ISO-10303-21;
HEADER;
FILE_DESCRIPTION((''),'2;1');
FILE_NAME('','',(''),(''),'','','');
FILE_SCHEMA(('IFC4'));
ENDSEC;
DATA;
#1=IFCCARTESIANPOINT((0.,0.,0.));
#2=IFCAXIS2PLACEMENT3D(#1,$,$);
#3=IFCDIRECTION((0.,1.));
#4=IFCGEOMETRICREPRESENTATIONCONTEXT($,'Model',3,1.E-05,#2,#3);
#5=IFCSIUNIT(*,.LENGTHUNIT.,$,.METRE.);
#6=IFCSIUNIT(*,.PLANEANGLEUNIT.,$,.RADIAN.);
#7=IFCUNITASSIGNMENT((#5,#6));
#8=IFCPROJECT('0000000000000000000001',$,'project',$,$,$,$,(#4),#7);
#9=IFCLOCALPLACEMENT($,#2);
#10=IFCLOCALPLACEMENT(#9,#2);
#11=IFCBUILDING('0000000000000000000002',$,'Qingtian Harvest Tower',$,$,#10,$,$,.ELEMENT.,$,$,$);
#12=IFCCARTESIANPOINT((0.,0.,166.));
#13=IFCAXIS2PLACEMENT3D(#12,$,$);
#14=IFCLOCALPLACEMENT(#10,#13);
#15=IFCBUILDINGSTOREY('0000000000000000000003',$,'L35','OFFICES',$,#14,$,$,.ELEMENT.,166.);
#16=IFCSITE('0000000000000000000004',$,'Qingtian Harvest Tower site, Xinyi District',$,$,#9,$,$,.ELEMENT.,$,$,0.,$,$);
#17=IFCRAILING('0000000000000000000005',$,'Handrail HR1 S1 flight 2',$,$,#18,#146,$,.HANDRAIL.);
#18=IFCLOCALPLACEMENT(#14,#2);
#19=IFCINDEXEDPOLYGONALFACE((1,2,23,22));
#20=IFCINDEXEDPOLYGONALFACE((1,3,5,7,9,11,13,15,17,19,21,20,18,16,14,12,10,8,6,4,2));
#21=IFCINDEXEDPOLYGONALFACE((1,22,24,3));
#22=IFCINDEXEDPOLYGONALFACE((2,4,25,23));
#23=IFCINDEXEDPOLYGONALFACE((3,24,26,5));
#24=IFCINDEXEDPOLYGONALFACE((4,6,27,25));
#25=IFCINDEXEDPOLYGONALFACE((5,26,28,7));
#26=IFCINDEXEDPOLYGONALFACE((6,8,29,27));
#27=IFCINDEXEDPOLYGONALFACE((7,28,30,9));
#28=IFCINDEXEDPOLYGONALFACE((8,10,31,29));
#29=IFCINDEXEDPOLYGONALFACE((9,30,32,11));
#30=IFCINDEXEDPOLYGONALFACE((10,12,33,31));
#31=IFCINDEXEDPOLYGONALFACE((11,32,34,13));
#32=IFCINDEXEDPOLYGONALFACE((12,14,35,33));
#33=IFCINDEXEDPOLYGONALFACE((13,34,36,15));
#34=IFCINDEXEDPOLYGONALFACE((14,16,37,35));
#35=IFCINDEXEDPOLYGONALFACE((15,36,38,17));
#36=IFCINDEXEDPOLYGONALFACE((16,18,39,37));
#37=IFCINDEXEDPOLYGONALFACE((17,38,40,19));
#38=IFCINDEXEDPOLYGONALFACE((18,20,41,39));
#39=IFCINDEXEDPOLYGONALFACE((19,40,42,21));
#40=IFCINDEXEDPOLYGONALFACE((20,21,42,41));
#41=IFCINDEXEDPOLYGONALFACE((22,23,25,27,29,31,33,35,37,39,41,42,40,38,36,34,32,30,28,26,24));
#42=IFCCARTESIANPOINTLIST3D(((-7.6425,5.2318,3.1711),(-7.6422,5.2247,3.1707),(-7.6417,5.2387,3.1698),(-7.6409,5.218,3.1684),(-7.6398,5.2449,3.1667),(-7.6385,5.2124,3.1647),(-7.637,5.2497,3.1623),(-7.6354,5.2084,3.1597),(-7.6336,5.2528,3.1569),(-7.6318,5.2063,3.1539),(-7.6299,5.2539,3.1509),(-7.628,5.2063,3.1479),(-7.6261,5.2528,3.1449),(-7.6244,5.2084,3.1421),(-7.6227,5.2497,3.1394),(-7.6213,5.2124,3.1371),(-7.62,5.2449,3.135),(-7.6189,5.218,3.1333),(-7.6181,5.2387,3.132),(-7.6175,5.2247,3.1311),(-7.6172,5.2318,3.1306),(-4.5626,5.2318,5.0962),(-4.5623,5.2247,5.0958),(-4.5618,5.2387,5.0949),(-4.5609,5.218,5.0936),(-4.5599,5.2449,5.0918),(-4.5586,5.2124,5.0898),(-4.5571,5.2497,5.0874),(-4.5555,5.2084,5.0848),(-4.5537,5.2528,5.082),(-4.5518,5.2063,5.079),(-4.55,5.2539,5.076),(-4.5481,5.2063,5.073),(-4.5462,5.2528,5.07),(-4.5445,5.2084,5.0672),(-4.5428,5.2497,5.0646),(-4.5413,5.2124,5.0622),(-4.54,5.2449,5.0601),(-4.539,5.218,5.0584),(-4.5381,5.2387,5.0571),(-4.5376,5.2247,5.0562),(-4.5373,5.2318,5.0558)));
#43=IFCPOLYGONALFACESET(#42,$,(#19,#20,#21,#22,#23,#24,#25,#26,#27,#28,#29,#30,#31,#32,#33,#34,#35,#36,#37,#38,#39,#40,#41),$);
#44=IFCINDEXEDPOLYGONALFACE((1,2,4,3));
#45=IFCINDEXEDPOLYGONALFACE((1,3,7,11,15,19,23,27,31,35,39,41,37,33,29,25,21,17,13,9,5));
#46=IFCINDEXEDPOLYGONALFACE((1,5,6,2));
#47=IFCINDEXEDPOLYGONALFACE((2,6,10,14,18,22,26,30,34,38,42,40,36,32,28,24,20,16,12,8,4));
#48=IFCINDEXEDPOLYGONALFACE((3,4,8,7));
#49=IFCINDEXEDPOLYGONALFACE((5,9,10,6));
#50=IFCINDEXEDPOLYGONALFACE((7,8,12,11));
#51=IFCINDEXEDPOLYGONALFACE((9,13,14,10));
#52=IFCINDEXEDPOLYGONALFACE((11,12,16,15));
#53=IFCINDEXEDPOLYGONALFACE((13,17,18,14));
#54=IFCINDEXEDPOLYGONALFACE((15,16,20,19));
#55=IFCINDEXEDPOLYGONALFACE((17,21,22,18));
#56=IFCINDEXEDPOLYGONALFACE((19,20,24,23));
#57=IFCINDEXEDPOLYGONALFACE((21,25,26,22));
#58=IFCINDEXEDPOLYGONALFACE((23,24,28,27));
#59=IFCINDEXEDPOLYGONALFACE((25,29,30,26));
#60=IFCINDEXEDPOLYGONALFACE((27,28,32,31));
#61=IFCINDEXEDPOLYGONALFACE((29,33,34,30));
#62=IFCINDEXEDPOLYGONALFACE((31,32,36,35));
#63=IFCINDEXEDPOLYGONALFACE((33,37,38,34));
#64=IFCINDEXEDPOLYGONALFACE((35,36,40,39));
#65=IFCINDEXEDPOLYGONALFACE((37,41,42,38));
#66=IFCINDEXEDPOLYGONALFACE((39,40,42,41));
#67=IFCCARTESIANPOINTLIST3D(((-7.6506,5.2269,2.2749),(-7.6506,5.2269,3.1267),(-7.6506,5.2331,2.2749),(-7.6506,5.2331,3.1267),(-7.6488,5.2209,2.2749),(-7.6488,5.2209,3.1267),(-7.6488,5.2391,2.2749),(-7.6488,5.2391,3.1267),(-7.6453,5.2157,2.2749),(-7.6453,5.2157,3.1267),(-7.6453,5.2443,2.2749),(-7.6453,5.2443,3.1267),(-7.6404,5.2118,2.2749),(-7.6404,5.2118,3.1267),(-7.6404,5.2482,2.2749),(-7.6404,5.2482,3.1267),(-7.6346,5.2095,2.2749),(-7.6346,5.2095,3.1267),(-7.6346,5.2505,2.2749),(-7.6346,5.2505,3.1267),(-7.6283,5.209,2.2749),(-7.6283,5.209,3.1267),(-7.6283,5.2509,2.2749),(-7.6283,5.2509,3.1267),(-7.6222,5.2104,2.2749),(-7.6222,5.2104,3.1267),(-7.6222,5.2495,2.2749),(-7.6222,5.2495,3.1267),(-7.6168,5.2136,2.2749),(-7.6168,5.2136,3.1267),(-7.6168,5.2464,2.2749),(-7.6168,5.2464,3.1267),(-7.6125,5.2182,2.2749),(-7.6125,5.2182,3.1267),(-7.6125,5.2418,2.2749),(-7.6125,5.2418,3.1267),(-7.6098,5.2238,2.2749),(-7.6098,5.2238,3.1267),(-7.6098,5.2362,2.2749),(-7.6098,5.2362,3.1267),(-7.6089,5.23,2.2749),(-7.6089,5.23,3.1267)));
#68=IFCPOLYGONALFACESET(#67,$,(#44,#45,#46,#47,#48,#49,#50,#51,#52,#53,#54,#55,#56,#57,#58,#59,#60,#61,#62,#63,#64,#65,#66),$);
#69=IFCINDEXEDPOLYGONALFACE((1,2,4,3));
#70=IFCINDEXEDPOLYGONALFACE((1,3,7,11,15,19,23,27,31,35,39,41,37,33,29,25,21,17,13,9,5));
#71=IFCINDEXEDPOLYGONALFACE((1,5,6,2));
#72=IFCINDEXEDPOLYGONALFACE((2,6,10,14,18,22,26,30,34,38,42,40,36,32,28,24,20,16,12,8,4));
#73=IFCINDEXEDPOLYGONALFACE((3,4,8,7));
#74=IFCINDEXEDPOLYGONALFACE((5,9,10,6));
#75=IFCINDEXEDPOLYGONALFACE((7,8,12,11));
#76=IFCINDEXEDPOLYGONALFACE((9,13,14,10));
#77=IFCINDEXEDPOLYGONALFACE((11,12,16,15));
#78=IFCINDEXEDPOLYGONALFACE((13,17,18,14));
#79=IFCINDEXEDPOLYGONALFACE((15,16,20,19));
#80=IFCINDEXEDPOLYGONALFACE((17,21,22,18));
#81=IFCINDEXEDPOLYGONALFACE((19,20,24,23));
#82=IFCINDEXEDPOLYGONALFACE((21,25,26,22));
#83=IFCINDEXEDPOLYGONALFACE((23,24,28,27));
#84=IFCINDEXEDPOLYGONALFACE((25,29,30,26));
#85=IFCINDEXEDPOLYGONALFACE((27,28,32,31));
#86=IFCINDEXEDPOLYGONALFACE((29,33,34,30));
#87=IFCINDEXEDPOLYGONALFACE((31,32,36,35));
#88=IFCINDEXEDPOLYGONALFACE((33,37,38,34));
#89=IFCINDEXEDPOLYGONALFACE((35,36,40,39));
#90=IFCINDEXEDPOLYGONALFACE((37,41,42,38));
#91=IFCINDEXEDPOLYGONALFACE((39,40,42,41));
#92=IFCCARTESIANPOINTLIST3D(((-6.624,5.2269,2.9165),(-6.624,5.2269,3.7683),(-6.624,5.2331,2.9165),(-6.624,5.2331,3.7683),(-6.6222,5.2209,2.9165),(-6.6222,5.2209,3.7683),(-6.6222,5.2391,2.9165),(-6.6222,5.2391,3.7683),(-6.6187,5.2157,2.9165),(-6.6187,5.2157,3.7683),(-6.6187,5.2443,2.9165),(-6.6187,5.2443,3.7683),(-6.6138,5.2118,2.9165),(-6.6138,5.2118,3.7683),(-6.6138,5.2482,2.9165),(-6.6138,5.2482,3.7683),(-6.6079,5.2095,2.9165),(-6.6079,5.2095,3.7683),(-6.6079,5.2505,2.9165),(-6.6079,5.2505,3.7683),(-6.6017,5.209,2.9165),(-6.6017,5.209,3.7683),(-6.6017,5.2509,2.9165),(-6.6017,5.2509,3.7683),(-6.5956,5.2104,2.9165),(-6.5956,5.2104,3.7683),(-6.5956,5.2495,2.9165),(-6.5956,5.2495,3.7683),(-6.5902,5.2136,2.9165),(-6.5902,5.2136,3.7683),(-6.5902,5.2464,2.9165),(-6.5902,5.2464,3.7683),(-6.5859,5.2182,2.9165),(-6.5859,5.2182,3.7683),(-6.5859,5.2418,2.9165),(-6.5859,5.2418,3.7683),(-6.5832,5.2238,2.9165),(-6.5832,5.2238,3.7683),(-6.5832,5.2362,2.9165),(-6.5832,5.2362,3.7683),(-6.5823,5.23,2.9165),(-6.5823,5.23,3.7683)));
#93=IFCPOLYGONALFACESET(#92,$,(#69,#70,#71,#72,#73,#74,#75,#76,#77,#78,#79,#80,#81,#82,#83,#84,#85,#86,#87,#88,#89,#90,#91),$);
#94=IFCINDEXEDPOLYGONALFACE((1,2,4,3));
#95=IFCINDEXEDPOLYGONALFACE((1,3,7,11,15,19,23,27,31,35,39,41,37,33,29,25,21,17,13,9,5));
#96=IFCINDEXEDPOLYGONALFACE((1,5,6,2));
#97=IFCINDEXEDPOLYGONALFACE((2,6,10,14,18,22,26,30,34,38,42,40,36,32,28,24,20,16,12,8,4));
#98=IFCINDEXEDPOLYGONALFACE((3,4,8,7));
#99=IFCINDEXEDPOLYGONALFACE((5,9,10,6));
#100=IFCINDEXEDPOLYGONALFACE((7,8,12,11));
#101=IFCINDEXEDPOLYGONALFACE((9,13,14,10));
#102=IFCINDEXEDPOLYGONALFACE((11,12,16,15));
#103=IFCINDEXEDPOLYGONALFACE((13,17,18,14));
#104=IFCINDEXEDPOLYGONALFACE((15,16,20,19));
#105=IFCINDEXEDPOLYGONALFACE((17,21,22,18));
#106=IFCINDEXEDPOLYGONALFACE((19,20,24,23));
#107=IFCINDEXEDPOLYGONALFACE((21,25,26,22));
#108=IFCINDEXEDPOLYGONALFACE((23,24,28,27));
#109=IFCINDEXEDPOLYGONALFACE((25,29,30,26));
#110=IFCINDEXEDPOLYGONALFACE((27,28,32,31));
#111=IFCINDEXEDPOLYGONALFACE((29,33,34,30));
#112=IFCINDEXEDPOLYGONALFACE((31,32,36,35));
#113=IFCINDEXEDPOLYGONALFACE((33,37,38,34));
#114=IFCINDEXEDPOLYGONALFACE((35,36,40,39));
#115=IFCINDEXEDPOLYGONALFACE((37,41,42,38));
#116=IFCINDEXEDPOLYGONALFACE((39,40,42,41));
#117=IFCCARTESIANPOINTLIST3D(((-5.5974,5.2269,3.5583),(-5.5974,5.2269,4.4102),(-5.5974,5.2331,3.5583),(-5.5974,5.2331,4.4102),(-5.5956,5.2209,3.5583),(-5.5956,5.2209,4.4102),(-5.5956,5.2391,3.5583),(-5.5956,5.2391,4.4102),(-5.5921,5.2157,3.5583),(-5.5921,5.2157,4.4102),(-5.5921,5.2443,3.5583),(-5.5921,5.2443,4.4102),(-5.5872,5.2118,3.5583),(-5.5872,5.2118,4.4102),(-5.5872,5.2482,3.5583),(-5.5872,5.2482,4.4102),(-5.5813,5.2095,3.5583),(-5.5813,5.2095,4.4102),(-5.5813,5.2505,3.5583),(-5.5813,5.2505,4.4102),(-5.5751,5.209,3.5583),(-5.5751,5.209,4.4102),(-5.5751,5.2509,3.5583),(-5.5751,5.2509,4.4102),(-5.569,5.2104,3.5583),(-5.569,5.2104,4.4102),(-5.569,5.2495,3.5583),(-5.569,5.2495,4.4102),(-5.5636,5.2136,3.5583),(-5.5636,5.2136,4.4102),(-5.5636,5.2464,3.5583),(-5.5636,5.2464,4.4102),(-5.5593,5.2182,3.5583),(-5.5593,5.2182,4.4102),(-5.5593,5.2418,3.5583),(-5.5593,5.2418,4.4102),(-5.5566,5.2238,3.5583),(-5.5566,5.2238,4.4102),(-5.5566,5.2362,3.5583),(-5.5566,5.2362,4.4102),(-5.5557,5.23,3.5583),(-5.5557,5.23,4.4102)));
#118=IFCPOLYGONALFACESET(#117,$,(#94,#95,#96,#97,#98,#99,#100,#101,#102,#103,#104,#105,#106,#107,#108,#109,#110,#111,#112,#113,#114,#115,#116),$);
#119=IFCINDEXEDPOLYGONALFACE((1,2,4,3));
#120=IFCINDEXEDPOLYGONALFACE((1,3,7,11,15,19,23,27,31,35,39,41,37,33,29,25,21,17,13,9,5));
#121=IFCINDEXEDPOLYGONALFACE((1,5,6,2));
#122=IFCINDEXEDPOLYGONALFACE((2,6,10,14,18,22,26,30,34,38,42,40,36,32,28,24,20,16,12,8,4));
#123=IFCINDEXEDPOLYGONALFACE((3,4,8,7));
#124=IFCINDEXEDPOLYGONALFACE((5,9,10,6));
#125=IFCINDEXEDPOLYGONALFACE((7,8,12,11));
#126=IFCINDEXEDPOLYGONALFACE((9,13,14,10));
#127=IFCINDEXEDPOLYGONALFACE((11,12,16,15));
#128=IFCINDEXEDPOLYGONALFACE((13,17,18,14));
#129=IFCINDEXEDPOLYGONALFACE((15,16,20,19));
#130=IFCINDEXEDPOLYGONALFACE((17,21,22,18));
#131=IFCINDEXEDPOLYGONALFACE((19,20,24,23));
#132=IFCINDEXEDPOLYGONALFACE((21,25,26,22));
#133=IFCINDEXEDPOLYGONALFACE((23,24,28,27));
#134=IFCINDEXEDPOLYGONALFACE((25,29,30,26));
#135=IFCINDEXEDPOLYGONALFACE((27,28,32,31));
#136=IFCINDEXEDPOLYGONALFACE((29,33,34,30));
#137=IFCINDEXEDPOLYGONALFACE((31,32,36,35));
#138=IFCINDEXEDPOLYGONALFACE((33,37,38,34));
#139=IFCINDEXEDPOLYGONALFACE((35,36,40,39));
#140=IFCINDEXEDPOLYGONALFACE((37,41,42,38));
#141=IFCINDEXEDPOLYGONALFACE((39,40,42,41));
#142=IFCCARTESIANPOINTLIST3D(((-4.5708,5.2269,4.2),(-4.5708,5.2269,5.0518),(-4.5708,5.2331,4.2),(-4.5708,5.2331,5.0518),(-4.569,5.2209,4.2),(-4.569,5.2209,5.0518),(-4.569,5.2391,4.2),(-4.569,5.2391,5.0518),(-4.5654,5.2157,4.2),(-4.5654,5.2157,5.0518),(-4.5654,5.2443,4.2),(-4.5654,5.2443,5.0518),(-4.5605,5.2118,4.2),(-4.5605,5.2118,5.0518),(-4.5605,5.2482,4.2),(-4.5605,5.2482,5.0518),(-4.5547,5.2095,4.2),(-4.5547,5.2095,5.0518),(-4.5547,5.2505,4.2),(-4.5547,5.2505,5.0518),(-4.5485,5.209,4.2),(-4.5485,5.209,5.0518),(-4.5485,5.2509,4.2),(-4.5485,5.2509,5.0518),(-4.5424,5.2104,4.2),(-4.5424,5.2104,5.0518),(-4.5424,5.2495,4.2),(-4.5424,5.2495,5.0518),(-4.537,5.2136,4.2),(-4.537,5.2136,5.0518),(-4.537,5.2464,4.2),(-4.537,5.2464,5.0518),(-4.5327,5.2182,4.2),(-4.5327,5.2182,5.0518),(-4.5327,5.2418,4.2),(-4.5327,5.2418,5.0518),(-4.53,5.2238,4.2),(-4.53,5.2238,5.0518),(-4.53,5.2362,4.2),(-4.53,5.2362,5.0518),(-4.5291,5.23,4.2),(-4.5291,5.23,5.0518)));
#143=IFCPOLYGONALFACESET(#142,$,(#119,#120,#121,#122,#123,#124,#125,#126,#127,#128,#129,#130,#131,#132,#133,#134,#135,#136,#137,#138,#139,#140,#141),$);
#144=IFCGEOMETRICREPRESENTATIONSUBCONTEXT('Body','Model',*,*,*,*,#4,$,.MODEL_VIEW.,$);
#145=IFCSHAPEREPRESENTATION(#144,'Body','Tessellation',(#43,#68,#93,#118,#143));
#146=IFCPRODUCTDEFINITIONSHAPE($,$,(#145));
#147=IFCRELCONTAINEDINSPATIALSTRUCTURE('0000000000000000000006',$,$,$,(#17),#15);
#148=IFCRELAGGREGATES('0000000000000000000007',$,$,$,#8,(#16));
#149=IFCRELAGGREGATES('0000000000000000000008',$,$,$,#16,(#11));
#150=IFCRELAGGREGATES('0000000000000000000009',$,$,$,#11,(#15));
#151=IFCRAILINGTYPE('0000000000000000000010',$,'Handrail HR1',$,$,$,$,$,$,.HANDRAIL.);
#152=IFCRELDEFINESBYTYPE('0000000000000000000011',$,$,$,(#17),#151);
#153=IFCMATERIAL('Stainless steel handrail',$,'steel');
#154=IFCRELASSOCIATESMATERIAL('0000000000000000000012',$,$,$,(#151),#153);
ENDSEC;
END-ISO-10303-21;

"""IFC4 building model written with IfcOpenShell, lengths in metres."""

from ifc_helpers import new_model, si_unit, direction, frame, origin, origin_2d, place, context, subcontext, project, spatial, circle, extrude, material, type_object, element, save


model = new_model("IFC4")

# Units and contexts
model_context = context("Model", 3, precision=1e-05, world=origin(), true_north=direction((0.0, 1.0)))
body_context = subcontext(model_context, "Body", "Model", "MODEL_VIEW")
ifc_project = project(units=[si_unit("LENGTHUNIT", "METRE"), si_unit("PLANEANGLEUNIT", "RADIAN")], contexts=[model_context])

# Site, building, storey
site_placement = place(None, origin())
site = spatial("IfcSite", under=ifc_project, at=site_placement, Name="Qingtian Harvest Tower site, Xinyi District", CompositionType="ELEMENT", RefElevation=0.0)
building_placement = place(site_placement, origin())
building = spatial("IfcBuilding", under=site, at=building_placement, Name="Qingtian Harvest Tower", CompositionType="ELEMENT")
storey_placement = place(building_placement, frame((0.0, 0.0, 166.0)))
storey = spatial("IfcBuildingStorey", under=building, at=storey_placement, Name="L35", Description="OFFICES", CompositionType="ELEMENT", Elevation=166.0)

# Railing
ifc_material_1 = material(Name="Stainless steel handrail", Category="steel")
railing_type = type_object("IfcRailingType", Name="Handrail HR1", PredefinedType="HANDRAIL", material=ifc_material_1)
railing_1_placement = place(storey_placement, frame((-7.6299, 5.23, 2.2749)))
element("IfcRailing", 1, at=railing_1_placement, inside=storey, type_object=railing_type, Name="Handrail HR1 S1 flight 2", PredefinedType="HANDRAIL", context=body_context, shape_type="SweptSolid", body=[
    extrude(circle(Radius=0.0239, at=origin_2d()), frame((0.0, 0.0, 0.876), z_axis=(0.847979, 0.0, 0.530029), x_axis=(0.0, 1.0, 0.0)), (0.0, 0.0, 1.0), 3.6321),
    extrude(circle(Radius=0.021, at=origin_2d()), origin(), (0.0, 0.0, 1.0), 0.8518),
    extrude(circle(Radius=0.021, at=origin_2d()), frame((1.0266, 0.0, 0.6416)), (0.0, 0.0, 1.0), 0.8518),
    extrude(circle(Radius=0.021, at=origin_2d()), frame((2.0532, 0.0, 1.2834)), (0.0, 0.0, 1.0), 0.8518),
    extrude(circle(Radius=0.021, at=origin_2d()), frame((3.0798, 0.0, 1.925)), (0.0, 0.0, 1.0), 0.8518),
])

save(model, "model.ifc")
